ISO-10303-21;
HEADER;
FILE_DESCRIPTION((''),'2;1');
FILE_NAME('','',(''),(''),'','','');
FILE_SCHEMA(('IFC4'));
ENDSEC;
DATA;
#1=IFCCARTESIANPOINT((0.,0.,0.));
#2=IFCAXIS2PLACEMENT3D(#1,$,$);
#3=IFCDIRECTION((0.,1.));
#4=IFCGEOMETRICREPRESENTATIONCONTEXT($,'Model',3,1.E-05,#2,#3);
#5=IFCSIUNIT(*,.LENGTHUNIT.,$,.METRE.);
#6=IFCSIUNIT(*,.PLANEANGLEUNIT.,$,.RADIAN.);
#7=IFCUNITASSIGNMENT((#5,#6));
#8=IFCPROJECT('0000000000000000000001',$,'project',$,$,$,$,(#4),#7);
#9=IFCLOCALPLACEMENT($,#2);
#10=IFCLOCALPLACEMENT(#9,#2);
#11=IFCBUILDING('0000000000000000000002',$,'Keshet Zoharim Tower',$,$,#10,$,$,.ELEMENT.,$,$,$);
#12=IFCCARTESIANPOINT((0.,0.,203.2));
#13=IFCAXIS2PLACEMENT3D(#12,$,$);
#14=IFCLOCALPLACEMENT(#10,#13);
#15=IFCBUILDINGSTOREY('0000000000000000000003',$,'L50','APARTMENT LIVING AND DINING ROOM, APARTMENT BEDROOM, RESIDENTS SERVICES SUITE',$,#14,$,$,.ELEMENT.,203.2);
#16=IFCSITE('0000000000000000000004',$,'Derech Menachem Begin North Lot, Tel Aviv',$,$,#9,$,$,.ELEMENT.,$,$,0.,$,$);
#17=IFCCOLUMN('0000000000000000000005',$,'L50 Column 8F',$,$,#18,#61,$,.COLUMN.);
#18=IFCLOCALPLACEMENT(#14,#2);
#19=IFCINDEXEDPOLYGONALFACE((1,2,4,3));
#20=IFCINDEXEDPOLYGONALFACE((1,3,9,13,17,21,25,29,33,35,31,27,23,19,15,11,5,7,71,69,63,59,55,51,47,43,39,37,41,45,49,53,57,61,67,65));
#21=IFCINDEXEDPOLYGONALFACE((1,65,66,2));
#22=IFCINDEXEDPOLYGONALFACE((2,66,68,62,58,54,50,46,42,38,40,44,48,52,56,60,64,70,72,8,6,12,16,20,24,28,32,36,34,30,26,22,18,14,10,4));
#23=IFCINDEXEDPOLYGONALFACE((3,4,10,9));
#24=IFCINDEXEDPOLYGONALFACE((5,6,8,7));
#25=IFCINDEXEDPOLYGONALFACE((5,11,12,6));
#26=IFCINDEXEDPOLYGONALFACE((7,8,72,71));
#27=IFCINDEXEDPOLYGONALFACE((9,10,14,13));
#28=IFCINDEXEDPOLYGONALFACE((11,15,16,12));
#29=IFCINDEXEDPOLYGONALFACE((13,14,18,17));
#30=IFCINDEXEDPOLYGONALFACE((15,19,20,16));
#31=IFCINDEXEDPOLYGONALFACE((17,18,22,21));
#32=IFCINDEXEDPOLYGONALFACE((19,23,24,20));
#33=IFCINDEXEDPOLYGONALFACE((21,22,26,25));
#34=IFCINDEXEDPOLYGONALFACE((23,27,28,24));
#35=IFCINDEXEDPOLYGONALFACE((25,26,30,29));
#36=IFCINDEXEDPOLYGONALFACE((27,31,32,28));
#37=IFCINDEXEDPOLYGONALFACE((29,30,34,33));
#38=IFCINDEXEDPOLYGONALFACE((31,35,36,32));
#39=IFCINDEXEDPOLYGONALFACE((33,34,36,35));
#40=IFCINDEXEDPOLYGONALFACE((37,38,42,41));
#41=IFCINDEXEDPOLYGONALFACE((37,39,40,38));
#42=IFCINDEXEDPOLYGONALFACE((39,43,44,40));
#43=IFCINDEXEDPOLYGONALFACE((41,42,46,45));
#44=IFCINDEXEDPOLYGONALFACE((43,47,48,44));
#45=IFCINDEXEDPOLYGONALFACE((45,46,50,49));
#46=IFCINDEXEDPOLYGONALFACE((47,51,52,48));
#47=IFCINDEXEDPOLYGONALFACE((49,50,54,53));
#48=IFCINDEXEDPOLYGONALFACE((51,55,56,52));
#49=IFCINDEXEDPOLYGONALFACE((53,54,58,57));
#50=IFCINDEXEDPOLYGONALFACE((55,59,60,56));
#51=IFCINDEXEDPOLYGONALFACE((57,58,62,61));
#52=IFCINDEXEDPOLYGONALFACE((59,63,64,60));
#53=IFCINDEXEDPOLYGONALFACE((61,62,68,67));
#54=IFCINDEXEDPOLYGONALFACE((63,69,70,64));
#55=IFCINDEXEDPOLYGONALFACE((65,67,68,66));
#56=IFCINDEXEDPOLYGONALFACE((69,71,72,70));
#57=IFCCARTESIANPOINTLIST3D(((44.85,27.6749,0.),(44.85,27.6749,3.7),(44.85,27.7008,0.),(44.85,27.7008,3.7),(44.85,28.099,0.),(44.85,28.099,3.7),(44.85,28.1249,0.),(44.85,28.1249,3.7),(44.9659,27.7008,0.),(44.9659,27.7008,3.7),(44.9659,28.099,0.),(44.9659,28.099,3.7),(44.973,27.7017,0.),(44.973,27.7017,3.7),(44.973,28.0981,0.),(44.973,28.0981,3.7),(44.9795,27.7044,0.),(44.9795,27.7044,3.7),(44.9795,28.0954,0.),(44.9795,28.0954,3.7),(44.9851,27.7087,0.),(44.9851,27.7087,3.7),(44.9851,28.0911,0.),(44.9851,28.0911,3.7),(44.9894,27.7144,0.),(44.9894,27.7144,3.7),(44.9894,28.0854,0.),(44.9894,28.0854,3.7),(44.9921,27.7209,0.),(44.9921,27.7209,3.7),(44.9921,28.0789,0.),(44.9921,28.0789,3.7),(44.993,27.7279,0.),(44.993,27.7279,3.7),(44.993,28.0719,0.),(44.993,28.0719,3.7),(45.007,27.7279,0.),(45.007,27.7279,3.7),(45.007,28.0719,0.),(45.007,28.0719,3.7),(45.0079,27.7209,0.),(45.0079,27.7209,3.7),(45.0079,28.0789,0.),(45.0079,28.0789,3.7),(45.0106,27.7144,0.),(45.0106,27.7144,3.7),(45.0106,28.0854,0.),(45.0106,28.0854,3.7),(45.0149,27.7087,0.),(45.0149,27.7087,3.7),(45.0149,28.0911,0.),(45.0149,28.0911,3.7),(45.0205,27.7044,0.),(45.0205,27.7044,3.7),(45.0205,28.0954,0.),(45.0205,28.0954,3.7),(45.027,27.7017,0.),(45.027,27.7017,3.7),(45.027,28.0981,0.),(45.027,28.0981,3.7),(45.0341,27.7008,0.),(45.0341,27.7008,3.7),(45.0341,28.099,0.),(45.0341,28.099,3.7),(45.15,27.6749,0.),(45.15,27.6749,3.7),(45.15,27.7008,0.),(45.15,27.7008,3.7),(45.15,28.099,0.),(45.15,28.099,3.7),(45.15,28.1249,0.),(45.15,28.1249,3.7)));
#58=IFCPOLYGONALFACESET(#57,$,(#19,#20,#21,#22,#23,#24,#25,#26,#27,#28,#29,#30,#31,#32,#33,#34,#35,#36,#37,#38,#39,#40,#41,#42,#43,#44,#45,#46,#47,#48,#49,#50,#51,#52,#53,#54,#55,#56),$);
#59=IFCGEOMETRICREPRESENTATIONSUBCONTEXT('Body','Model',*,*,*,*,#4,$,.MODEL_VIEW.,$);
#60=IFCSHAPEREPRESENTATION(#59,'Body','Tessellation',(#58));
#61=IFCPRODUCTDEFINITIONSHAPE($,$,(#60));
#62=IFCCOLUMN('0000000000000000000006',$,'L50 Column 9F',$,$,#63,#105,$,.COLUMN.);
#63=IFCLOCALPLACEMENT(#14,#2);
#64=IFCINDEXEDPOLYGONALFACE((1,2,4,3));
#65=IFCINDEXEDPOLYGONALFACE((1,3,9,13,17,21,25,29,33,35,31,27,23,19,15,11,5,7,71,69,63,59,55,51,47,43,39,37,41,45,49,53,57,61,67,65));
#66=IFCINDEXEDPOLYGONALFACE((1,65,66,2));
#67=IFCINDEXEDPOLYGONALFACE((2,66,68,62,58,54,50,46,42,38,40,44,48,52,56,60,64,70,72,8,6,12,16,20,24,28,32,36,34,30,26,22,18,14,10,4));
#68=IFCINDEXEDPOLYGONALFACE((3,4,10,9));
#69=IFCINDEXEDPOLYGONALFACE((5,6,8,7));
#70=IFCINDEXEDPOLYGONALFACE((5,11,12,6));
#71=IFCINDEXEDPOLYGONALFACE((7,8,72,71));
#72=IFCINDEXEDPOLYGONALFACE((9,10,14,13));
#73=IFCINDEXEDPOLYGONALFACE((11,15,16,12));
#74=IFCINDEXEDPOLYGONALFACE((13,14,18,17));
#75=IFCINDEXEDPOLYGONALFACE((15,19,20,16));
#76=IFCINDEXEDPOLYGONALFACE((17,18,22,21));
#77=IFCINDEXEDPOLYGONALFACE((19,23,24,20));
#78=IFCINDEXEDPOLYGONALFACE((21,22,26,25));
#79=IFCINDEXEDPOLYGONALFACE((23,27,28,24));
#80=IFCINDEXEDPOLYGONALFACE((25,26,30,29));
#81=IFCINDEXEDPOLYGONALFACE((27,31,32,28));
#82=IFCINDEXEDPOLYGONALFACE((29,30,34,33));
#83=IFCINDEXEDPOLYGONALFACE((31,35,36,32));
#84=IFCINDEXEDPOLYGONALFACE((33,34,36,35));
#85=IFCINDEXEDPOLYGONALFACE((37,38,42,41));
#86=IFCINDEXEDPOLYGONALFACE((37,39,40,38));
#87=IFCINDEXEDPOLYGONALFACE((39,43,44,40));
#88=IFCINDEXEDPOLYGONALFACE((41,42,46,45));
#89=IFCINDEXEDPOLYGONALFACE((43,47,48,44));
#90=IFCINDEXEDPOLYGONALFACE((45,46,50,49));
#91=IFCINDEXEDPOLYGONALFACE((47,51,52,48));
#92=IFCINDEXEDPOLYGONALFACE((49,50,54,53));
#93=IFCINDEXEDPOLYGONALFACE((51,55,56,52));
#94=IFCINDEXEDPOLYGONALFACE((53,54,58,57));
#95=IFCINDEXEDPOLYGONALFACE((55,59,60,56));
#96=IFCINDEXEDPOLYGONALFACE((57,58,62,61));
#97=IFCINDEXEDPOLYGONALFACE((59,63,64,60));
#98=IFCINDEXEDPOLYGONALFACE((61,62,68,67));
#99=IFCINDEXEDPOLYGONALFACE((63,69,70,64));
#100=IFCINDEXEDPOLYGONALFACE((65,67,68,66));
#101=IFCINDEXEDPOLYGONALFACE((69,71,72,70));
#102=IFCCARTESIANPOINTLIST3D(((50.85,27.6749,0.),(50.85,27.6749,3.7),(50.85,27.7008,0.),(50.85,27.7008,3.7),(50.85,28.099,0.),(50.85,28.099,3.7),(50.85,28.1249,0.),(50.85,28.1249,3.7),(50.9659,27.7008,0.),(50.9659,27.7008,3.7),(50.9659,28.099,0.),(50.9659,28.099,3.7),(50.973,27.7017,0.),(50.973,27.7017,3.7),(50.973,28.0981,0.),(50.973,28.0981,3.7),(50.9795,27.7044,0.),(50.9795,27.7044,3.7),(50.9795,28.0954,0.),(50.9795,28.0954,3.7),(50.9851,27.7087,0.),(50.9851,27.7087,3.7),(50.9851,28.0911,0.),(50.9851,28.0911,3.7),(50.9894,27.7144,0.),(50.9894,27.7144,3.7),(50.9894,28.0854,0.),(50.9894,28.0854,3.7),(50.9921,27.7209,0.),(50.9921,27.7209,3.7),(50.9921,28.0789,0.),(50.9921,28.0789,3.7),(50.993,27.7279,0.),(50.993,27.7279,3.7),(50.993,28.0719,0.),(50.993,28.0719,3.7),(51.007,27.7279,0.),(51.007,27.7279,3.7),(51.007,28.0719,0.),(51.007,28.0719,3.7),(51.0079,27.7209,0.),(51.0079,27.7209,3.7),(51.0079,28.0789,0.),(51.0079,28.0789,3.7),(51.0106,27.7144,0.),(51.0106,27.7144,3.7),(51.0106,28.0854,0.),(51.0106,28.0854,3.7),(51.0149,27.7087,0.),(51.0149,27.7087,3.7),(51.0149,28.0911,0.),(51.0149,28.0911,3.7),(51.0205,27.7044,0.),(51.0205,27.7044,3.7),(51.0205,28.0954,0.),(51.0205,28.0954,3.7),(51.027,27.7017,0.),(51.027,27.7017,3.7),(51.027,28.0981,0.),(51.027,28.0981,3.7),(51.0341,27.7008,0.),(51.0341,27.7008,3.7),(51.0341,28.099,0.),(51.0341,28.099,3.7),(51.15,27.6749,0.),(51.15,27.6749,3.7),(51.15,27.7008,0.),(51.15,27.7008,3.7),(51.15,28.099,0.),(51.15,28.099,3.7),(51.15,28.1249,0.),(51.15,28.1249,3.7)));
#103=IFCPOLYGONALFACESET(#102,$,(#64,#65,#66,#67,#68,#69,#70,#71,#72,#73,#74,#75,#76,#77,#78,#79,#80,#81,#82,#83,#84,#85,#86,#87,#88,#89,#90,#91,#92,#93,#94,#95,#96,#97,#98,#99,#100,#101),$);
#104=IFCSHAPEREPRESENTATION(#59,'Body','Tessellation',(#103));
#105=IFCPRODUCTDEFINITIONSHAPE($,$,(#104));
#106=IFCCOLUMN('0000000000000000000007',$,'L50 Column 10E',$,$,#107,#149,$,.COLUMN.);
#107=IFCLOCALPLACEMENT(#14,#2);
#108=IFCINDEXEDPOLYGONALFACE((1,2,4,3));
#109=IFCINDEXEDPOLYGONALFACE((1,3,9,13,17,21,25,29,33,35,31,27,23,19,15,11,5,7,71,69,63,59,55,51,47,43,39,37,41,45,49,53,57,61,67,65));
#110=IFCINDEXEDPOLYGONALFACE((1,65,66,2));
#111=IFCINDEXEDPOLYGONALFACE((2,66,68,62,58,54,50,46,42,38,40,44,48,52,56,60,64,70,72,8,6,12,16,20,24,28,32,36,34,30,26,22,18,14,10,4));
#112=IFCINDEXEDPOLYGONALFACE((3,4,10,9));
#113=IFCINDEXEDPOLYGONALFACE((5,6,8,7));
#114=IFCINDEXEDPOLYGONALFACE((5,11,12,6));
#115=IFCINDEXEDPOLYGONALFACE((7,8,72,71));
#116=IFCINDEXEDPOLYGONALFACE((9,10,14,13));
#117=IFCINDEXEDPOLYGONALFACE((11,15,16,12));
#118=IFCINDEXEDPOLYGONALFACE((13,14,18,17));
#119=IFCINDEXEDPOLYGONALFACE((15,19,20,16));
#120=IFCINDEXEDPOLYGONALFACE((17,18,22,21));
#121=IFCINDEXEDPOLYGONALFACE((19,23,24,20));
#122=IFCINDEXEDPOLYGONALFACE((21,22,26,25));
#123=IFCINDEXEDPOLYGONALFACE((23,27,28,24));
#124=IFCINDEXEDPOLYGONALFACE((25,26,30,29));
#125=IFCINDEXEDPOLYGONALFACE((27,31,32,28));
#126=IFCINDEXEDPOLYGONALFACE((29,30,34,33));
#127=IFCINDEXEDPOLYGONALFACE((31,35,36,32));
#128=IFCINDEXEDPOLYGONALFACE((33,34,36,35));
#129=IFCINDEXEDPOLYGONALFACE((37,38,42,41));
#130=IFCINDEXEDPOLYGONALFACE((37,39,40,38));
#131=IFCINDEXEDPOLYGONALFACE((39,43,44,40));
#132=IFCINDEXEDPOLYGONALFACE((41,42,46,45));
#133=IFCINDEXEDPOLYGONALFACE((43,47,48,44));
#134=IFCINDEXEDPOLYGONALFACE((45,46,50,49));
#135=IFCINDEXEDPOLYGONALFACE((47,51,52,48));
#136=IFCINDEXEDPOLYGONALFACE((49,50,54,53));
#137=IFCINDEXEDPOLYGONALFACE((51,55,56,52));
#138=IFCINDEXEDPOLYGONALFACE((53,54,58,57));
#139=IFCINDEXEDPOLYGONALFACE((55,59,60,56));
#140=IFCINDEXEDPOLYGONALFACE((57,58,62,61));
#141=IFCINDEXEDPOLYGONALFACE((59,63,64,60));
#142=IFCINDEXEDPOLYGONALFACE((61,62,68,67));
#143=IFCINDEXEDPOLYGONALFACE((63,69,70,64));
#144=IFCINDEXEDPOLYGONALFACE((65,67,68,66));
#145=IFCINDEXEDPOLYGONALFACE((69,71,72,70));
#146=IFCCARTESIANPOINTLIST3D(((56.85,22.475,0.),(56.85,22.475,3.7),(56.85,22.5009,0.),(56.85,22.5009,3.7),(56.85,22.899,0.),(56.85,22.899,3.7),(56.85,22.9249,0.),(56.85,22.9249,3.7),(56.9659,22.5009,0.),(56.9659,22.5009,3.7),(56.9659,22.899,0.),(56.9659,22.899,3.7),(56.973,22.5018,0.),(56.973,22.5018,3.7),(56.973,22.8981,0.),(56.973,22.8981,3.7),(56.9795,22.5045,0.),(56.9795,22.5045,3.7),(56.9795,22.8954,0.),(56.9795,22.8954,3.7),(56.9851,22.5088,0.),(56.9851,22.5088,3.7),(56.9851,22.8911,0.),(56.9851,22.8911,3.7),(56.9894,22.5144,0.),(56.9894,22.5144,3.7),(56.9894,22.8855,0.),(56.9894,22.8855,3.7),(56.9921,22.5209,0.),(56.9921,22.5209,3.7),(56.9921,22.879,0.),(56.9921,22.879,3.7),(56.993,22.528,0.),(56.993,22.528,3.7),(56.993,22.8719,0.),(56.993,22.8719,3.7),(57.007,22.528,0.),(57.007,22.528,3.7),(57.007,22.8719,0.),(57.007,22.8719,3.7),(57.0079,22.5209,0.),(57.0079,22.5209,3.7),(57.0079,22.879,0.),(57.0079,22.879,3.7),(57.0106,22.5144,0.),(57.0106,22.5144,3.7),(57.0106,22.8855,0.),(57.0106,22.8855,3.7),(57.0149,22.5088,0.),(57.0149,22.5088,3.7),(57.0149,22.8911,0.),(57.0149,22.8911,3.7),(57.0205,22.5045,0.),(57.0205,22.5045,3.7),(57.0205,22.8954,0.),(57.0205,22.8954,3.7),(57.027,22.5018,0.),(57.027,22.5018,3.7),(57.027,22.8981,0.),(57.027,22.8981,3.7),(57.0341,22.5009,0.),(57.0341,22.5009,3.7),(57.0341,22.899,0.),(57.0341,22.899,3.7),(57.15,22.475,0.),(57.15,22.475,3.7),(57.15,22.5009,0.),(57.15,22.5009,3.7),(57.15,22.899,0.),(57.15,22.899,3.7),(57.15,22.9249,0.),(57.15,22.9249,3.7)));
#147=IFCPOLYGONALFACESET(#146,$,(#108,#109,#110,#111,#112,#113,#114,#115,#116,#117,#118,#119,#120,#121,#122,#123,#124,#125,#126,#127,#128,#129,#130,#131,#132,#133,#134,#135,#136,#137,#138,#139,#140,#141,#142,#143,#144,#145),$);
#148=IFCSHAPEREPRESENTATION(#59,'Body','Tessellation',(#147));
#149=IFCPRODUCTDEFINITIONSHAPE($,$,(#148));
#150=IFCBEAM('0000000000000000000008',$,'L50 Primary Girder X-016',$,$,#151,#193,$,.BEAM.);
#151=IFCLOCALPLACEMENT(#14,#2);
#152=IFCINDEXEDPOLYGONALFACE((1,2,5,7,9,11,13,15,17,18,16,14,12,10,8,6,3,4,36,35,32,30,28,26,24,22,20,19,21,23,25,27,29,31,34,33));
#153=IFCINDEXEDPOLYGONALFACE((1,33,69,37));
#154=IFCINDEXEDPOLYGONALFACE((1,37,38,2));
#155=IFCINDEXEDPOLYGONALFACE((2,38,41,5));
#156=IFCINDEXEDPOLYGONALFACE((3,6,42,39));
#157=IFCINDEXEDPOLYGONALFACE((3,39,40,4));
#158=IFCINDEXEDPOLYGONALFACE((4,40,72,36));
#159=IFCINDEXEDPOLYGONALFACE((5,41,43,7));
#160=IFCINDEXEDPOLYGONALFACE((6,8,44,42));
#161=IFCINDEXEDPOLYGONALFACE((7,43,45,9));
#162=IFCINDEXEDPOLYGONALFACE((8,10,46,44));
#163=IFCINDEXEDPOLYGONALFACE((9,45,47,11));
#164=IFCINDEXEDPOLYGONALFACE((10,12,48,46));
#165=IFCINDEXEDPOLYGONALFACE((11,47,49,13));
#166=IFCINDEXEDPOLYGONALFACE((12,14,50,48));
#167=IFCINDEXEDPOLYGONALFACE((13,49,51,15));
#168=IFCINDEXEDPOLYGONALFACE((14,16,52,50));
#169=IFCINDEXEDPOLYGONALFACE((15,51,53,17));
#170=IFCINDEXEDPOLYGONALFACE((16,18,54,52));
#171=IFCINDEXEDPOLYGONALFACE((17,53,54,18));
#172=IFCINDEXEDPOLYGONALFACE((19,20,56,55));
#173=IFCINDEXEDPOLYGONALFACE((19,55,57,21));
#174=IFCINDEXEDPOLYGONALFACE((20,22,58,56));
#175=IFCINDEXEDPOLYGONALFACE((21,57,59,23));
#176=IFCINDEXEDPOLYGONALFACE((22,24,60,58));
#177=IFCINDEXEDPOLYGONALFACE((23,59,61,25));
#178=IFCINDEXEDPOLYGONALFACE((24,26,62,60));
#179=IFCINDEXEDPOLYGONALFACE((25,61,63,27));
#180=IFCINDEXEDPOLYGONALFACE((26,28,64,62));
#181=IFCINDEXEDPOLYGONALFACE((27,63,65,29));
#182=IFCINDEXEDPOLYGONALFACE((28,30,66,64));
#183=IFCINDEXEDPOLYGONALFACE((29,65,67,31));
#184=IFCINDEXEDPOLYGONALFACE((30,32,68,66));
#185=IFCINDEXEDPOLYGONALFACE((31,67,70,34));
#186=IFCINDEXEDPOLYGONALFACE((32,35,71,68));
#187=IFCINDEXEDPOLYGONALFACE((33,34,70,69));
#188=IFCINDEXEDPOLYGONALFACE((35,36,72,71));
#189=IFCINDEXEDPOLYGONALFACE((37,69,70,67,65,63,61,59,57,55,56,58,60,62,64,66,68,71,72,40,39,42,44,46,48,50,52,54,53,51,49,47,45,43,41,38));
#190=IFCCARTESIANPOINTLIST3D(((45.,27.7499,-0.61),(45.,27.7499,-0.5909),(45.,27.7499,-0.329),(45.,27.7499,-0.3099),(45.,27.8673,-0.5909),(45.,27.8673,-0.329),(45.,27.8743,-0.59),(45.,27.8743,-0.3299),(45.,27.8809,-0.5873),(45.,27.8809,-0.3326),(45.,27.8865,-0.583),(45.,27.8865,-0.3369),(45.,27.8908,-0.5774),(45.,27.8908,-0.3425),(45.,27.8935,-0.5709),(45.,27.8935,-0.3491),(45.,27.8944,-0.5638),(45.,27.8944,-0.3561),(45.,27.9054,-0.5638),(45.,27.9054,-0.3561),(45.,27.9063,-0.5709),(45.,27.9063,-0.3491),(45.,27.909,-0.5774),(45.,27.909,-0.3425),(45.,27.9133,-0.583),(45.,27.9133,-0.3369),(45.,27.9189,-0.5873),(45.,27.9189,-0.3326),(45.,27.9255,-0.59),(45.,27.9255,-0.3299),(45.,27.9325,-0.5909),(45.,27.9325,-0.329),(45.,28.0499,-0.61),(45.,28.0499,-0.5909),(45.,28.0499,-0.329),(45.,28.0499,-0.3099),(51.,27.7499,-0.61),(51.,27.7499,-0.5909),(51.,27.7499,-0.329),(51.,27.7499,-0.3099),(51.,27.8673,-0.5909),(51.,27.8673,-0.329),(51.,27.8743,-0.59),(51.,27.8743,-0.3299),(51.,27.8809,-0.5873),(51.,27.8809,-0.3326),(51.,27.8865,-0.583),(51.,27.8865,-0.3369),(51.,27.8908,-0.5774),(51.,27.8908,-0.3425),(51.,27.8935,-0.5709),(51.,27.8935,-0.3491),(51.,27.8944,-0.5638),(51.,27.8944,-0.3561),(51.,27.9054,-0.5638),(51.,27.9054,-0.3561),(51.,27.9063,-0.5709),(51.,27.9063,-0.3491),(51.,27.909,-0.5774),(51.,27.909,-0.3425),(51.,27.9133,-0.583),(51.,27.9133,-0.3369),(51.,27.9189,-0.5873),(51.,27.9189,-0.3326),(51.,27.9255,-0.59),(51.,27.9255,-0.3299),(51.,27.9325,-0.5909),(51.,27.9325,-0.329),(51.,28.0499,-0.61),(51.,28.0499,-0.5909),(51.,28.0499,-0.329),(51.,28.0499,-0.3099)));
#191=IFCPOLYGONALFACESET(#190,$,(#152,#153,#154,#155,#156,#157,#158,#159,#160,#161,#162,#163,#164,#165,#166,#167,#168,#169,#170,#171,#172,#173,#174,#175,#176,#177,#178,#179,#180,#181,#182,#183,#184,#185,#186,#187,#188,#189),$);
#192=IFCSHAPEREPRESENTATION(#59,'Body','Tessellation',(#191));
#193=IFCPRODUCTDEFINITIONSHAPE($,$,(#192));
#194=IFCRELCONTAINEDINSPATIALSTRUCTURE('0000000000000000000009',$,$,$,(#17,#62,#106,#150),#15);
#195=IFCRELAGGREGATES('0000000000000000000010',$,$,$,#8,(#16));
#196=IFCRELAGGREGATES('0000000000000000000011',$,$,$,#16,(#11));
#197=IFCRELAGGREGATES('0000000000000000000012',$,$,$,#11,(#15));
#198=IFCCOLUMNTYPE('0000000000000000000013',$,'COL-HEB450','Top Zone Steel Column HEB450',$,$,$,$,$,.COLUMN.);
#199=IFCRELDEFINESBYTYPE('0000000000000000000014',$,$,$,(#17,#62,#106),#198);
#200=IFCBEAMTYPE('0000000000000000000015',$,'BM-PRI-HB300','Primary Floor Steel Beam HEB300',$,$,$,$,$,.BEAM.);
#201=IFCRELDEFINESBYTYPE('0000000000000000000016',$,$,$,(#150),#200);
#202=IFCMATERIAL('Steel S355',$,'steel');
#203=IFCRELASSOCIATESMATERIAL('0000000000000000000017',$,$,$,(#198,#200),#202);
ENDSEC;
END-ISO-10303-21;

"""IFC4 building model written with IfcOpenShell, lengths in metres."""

from ifc_helpers import new_model, si_unit, direction, frame, origin, origin_2d, place, context, subcontext, project, spatial, i_section, extrude, material, material_profile, profile_set, type_object, element, save


model = new_model("IFC4")

# Units and contexts
model_context = context("Model", 3, precision=1e-05, world=origin(), true_north=direction((0.0, 1.0)))
body_context = subcontext(model_context, "Body", "Model", "MODEL_VIEW")
ifc_project = project(units=[si_unit("LENGTHUNIT", "METRE"), si_unit("PLANEANGLEUNIT", "RADIAN")], contexts=[model_context])

# Site, building, storey
site_placement = place(None, origin())
site = spatial("IfcSite", under=ifc_project, at=site_placement, Name="Derech Menachem Begin North Lot, Tel Aviv", CompositionType="ELEMENT", RefElevation=0.0)
building_placement = place(site_placement, origin())
building = spatial("IfcBuilding", under=site, at=building_placement, Name="Keshet Zoharim Tower", CompositionType="ELEMENT")
storey_placement = place(building_placement, frame((0.0, 0.0, 203.2)))
storey = spatial("IfcBuildingStorey", under=building, at=storey_placement, Name="L50", Description="APARTMENT LIVING AND DINING ROOM, APARTMENT BEDROOM, RESIDENTS SERVICES SUITE", CompositionType="ELEMENT", Elevation=203.2)

# Columns
ifc_material_1 = material(Name="Steel S355", Category="steel")
ifc_material_profile_1 = material_profile(ifc_material_1, i_section(OverallWidth=0.3, OverallDepth=0.45, WebThickness=0.0139, FlangeThickness=0.0259, FilletRadius=0.0271, at=origin_2d()), Name="HEB450")
ifc_profile_set_1 = profile_set([ifc_material_profile_1], Name="Steel S355")
column_type = type_object("IfcColumnType", Name="COL-HEB450", Description="Top Zone Steel Column HEB450", PredefinedType="COLUMN", material=ifc_profile_set_1)
for number, where, z_axis, x_axis, name in (
    (1, (45.0, 27.8999, 0.0), (0.0, 0.0, 1.0), (1.0, 0.0, 0.0), "L50 Column 8F"),
    (2, (51.0, 27.8999, 0.0), (0.0, 0.0, 1.0), (1.0, 0.0, 0.0), "L50 Column 9F"),
    (3, (57.0, 22.7, 0.0), (0.0, 0.0, 1.0), (1.0, 0.0, 0.0), "L50 Column 10E"),
):
    element("IfcColumn", number, at=place(storey_placement, frame(where, z_axis=z_axis, x_axis=x_axis)), inside=storey, type_object=column_type, Name=name, PredefinedType="COLUMN", context=body_context, shape_type="SweptSolid", body=[
        extrude(i_section(OverallWidth=0.3, OverallDepth=0.45, WebThickness=0.0139, FlangeThickness=0.0259, FilletRadius=0.0271, at=origin_2d()), origin(), (0.0, 0.0, 1.0), 3.7),
    ])

# Beam
ifc_material_profile_2 = material_profile(ifc_material_1, i_section(OverallWidth=0.3, OverallDepth=0.3, WebThickness=0.011, FlangeThickness=0.019, FilletRadius=0.0271, at=origin_2d()), Name="HEB300")
ifc_profile_set_2 = profile_set([ifc_material_profile_2], Name="Steel S355")
beam_type = type_object("IfcBeamType", Name="BM-PRI-HB300", Description="Primary Floor Steel Beam HEB300", PredefinedType="BEAM", material=ifc_profile_set_2)
beam_placement = place(storey_placement, frame((45.0, 27.8999, -0.46), z_axis=(1.0, 0.0, 0.0), x_axis=(0.0, 1.0, 0.0)))
element("IfcBeam", 4, at=beam_placement, inside=storey, type_object=beam_type, Name="L50 Primary Girder X-016", PredefinedType="BEAM", context=body_context, shape_type="SweptSolid", body=[
    extrude(i_section(OverallWidth=0.3, OverallDepth=0.3, WebThickness=0.011, FlangeThickness=0.019, FilletRadius=0.0271, at=origin_2d()), origin(), (0.0, 0.0, 1.0), 6.0),
])

save(model, "model.ifc")
